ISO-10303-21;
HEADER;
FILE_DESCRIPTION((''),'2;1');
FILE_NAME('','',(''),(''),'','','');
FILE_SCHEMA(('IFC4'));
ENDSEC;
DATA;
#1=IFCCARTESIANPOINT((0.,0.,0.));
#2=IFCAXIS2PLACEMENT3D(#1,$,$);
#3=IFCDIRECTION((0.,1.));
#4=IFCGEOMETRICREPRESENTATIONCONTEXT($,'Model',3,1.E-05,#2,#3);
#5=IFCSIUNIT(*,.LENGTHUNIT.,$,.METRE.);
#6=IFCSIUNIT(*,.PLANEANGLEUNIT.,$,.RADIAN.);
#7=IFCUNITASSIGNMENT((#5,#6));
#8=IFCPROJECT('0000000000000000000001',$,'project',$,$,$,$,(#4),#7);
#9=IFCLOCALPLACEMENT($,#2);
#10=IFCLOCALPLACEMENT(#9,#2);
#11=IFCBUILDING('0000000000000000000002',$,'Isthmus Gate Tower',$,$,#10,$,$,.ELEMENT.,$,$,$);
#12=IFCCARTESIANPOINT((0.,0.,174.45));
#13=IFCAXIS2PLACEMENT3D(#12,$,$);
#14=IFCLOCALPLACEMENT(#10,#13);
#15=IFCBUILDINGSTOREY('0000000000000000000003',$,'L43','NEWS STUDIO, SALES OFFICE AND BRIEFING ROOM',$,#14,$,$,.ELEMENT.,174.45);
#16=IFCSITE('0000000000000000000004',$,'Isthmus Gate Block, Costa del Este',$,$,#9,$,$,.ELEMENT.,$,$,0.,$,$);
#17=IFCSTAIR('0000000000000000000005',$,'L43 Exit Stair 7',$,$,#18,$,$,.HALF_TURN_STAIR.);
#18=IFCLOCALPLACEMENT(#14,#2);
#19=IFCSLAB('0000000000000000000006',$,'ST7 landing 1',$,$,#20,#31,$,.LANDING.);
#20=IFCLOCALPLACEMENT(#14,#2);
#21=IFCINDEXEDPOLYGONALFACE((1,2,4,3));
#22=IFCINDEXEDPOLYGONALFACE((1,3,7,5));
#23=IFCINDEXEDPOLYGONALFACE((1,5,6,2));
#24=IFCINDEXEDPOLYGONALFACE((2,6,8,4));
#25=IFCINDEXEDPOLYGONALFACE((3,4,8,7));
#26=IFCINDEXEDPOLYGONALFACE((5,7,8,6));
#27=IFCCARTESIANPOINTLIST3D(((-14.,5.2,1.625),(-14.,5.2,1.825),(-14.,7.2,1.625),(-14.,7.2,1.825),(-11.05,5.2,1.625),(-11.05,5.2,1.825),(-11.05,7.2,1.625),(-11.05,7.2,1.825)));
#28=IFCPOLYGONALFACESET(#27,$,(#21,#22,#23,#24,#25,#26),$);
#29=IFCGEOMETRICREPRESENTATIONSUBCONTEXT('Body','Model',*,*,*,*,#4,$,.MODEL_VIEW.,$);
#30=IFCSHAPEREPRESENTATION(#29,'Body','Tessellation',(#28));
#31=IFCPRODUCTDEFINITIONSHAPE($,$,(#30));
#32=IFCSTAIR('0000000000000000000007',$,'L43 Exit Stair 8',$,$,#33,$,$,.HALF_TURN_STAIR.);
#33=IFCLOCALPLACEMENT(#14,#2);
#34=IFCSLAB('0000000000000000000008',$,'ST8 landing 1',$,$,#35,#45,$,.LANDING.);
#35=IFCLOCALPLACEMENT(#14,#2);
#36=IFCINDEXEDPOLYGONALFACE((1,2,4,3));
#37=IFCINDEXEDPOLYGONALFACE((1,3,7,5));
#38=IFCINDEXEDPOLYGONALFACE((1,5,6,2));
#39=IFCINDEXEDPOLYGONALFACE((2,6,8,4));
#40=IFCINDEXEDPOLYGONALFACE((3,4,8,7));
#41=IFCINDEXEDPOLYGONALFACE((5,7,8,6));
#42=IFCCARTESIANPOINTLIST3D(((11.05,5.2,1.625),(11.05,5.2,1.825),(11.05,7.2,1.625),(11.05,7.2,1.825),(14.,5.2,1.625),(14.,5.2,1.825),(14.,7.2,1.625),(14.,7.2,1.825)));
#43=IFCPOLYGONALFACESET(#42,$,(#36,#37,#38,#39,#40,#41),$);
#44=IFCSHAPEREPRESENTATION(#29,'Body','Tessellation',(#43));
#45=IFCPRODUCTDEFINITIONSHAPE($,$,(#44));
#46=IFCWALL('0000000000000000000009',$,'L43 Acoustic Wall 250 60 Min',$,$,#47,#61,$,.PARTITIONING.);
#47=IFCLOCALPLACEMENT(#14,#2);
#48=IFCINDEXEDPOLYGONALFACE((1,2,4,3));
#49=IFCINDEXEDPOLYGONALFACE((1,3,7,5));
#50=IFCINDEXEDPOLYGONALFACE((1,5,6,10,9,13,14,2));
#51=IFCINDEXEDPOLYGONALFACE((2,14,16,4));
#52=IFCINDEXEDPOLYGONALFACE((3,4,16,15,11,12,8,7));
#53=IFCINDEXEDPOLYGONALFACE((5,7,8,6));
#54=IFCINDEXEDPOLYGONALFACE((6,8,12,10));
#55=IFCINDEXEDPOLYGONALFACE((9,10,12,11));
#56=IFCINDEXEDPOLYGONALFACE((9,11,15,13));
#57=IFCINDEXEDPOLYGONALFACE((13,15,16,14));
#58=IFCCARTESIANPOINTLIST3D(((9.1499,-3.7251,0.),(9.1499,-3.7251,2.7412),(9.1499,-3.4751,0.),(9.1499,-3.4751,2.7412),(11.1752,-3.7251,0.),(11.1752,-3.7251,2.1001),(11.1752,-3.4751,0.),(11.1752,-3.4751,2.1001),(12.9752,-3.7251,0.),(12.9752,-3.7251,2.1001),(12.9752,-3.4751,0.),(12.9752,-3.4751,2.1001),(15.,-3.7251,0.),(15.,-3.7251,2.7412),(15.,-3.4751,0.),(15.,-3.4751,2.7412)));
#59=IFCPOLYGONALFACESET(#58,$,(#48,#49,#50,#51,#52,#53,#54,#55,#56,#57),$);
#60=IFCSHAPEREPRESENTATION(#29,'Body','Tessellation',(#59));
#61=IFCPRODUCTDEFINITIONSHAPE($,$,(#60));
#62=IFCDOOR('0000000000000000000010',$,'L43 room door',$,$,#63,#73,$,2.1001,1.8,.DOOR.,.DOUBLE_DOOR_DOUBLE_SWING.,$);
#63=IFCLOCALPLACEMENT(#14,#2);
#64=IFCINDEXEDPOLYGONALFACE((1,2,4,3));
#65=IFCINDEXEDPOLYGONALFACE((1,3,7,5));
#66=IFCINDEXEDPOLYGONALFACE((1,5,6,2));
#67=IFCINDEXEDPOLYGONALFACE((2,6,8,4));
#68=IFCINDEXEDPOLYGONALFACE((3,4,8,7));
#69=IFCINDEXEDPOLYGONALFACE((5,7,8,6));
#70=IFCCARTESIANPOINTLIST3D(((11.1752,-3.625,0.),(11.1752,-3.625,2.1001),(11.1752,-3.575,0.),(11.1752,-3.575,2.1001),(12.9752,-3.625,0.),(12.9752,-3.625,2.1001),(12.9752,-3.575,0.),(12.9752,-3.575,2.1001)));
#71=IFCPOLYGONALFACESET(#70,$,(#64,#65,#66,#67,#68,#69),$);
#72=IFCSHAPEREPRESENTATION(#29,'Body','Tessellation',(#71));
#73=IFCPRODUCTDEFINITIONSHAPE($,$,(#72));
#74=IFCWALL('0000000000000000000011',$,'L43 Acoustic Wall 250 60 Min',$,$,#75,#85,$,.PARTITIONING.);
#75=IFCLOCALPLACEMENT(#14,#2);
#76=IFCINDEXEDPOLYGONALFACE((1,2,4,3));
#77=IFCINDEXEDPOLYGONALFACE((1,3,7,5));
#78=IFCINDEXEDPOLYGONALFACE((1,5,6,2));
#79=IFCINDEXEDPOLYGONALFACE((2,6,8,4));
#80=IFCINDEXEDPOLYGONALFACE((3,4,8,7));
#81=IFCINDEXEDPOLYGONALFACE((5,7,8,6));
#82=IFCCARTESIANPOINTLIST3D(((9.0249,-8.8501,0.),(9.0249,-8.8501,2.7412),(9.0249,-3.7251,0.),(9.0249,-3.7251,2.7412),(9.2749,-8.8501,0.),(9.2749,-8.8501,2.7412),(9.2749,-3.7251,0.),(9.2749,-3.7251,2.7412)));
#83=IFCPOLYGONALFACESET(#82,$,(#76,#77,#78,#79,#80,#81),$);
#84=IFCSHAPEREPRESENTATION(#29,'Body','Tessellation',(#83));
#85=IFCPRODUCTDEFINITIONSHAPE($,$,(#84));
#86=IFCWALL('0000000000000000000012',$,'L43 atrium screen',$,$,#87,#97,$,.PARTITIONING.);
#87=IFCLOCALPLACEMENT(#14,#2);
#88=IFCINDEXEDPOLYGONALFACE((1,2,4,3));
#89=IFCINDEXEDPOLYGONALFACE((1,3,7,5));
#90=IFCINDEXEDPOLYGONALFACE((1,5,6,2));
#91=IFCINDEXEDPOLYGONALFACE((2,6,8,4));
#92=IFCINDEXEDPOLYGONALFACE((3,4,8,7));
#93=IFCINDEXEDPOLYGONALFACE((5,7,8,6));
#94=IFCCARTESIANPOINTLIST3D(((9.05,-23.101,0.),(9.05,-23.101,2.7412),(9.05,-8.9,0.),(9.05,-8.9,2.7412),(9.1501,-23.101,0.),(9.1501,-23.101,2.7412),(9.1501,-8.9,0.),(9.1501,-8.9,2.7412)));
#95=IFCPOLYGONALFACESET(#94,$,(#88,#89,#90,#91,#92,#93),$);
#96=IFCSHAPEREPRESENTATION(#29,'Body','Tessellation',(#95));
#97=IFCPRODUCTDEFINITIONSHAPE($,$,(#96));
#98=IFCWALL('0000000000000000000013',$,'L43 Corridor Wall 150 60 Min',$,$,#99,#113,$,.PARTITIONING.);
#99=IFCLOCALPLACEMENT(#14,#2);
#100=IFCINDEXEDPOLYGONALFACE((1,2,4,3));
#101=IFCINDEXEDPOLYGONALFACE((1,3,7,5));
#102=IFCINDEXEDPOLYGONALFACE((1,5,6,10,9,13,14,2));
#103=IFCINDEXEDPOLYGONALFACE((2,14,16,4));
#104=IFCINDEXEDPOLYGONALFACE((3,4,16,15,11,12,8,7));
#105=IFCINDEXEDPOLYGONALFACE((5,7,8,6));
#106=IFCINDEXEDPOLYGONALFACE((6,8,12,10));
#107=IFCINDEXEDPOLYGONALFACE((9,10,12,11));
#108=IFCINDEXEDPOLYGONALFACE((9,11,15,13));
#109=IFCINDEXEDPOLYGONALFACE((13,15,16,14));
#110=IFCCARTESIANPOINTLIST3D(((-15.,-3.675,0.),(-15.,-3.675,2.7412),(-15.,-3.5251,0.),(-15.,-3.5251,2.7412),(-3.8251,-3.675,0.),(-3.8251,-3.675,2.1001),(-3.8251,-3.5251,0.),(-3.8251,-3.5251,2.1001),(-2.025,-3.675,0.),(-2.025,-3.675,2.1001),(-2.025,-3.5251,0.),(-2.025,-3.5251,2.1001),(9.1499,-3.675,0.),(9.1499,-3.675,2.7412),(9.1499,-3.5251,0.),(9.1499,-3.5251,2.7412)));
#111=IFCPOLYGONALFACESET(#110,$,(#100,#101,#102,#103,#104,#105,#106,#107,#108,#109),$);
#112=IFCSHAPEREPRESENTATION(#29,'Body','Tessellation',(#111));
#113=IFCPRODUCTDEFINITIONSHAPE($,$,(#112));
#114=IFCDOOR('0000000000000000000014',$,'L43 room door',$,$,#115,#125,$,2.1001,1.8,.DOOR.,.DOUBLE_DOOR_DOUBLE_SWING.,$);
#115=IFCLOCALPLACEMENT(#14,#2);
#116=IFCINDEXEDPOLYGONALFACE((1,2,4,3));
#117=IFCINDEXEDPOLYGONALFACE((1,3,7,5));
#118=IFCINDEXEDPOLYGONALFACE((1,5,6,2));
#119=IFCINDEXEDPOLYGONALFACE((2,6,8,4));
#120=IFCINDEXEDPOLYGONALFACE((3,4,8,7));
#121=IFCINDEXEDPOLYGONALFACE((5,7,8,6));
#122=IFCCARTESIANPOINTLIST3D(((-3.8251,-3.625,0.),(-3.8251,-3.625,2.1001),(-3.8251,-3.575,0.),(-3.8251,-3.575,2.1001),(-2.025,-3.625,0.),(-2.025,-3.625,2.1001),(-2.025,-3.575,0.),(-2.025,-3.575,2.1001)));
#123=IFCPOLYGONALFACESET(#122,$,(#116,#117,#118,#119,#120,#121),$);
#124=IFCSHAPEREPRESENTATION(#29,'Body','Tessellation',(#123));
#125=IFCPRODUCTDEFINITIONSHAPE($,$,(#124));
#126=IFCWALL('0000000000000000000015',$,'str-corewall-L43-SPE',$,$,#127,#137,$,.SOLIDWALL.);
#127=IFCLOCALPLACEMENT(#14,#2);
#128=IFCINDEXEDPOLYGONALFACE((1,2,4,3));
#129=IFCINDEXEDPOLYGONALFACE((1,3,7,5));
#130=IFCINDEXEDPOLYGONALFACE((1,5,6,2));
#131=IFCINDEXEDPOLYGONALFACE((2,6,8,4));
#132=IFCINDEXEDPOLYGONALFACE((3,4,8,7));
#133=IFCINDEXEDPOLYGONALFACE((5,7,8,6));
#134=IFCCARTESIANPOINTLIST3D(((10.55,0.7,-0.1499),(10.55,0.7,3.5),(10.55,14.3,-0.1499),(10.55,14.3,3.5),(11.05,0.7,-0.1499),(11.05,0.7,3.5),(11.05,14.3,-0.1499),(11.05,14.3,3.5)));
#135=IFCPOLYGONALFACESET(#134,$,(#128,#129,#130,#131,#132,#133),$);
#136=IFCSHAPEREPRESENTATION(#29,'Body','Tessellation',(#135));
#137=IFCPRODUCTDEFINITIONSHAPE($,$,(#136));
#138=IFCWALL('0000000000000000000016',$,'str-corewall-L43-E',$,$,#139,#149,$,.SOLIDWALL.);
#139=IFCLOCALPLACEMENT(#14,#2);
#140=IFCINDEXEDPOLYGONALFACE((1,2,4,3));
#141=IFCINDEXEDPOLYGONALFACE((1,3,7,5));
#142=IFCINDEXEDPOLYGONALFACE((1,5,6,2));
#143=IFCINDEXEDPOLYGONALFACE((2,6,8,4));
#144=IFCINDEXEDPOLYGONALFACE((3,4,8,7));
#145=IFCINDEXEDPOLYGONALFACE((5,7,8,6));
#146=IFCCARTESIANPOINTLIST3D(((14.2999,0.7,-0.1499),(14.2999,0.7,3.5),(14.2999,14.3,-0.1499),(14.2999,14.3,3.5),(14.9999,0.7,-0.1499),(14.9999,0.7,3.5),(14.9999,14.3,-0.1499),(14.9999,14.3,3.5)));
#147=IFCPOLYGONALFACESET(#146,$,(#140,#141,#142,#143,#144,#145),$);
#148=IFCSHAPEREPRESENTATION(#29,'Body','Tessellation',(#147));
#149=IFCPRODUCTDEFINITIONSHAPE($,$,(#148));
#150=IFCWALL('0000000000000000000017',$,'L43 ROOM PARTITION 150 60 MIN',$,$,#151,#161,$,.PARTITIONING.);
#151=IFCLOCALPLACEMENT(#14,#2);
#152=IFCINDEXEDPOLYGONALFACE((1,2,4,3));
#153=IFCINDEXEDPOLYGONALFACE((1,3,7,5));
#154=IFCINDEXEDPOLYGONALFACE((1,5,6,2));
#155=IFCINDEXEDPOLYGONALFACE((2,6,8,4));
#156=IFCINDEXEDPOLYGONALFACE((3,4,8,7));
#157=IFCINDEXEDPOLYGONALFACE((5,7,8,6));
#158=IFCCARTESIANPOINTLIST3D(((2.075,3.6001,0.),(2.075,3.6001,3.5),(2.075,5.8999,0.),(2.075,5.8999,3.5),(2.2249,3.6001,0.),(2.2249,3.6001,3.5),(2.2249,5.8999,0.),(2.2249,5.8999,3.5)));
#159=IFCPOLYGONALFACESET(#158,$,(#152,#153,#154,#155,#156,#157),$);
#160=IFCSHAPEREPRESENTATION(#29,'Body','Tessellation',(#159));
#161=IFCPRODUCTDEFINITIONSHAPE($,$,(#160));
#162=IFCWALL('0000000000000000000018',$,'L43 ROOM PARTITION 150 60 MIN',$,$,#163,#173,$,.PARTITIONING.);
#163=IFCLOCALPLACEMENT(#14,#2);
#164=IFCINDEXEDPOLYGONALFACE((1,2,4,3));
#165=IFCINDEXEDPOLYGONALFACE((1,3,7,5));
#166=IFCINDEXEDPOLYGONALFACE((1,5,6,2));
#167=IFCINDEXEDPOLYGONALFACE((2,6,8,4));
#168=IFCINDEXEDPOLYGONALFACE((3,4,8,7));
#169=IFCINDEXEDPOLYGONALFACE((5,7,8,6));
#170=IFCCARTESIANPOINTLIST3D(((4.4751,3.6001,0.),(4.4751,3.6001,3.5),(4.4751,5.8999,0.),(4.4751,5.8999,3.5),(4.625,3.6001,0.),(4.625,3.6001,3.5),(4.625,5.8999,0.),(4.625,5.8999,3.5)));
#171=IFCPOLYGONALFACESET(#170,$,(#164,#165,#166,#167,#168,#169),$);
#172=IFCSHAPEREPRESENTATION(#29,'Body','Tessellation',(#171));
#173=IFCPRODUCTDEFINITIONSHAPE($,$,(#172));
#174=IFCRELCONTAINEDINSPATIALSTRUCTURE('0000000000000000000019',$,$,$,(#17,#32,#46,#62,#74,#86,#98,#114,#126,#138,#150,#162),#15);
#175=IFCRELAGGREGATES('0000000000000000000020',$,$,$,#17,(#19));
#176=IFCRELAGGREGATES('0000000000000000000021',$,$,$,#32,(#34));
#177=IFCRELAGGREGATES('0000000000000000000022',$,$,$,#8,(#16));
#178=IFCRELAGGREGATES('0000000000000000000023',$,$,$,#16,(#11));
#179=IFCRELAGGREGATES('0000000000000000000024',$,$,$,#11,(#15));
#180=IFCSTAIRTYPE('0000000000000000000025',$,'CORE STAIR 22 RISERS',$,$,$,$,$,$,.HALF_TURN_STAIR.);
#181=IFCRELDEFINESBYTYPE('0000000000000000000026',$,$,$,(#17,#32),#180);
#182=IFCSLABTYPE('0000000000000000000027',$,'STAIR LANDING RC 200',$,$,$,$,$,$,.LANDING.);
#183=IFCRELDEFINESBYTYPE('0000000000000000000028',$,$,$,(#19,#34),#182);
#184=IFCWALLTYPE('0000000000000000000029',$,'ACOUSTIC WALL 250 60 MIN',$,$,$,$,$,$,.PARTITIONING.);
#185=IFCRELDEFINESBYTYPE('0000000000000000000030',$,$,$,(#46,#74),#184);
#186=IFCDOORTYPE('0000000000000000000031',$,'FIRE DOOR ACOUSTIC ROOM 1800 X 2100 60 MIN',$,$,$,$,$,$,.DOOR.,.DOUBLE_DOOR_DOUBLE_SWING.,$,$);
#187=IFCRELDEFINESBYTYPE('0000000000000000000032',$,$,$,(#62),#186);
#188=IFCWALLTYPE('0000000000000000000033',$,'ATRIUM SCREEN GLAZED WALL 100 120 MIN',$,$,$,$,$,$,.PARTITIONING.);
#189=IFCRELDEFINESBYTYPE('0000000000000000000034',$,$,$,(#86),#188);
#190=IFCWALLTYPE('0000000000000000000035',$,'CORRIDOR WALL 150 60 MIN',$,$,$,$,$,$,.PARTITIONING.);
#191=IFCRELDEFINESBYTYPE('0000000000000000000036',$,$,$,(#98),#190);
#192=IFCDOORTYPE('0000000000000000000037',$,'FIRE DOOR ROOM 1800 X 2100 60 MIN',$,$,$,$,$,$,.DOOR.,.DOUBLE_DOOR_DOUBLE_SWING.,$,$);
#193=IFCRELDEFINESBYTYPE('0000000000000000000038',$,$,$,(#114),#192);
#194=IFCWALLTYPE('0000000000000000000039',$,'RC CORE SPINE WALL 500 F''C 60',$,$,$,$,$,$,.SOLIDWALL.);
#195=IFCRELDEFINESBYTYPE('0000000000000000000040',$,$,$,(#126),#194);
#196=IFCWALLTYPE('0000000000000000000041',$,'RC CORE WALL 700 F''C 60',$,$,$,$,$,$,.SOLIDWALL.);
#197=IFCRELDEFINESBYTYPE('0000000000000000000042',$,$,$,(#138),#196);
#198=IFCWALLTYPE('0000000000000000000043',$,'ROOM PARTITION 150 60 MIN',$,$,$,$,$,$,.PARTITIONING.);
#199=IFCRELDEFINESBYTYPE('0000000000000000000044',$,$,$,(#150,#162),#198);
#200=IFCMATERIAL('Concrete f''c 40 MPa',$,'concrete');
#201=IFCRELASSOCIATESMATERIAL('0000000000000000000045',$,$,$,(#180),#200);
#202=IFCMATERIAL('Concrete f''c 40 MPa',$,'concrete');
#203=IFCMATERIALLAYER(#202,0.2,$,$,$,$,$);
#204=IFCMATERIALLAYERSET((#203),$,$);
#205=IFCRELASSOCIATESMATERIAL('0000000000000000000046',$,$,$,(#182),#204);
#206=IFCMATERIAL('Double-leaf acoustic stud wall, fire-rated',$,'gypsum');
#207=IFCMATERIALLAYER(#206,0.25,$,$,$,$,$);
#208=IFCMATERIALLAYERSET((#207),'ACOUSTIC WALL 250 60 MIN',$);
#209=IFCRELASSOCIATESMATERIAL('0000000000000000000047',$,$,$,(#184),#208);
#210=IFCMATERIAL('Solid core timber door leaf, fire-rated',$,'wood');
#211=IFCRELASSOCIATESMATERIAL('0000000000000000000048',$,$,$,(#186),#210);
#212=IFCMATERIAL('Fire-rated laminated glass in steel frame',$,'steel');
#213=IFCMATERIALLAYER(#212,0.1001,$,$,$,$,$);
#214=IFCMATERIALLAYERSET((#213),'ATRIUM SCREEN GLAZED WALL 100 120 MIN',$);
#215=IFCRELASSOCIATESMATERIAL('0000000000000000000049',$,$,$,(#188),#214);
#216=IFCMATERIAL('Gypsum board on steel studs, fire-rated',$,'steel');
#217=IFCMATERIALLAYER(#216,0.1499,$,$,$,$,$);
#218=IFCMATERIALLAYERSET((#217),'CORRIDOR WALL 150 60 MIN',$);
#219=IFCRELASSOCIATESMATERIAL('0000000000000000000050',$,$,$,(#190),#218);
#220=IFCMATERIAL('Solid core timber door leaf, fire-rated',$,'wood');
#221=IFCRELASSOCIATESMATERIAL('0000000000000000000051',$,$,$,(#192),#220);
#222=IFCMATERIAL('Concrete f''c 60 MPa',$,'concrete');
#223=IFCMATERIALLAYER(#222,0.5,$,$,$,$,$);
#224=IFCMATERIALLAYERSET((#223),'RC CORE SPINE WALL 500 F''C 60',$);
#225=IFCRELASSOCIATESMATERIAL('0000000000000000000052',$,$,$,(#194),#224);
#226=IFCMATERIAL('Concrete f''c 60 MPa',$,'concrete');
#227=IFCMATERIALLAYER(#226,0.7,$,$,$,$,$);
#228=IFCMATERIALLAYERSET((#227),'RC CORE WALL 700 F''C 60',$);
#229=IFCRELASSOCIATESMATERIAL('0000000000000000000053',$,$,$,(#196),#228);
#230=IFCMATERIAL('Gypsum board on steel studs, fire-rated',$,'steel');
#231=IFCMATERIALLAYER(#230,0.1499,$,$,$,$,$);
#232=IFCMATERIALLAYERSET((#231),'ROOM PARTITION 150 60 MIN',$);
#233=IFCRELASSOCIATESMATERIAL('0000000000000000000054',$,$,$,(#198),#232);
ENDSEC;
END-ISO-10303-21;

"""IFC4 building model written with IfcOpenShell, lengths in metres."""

from ifc_helpers import new_model, si_unit, direction, frame, frame_2d, origin, place, context, subcontext, project, spatial, polyline, rectangle, outline, extrude, material, layer, layer_set, type_object, element, fill, aggregate, save


model = new_model("IFC4")

# Units and contexts
model_context = context("Model", 3, precision=1e-05, world=origin(), true_north=direction((0.0, 1.0)))
body_context = subcontext(model_context, "Body", "Model", "MODEL_VIEW")
ifc_project = project(units=[si_unit("LENGTHUNIT", "METRE"), si_unit("PLANEANGLEUNIT", "RADIAN")], contexts=[model_context])

# Site, building, storey
site_placement = place(None, origin())
site = spatial("IfcSite", under=ifc_project, at=site_placement, Name="Isthmus Gate Block, Costa del Este", CompositionType="ELEMENT", RefElevation=0.0)
building_placement = place(site_placement, origin())
building = spatial("IfcBuilding", under=site, at=building_placement, Name="Isthmus Gate Tower", CompositionType="ELEMENT")
storey_placement = place(building_placement, frame((0.0, 0.0, 174.45)))
storey = spatial("IfcBuildingStorey", under=building, at=storey_placement, Name="L43", Description="NEWS STUDIO, SALES OFFICE AND BRIEFING ROOM", CompositionType="ELEMENT", Elevation=174.45)

# Stairs, slabs
ifc_material_1 = material(Name="Concrete f'c 40 MPa", Category="concrete")
stair_type = type_object("IfcStairType", Name="CORE STAIR 22 RISERS", PredefinedType="HALF_TURN_STAIR", material=ifc_material_1)
ifc_material_2 = material(Name="Concrete f'c 40 MPa", Category="concrete")
ifc_layer_1 = layer(ifc_material_2, 0.2)
ifc_layer_set_1 = layer_set([ifc_layer_1])
slab_type = type_object("IfcSlabType", Name="STAIR LANDING RC 200", PredefinedType="LANDING", material=ifc_layer_set_1)
stair_1_placement = place(storey_placement, origin())
stair_1 = element("IfcStair", 1, at=stair_1_placement, inside=storey, type_object=stair_type, Name="L43 Exit Stair 7", PredefinedType="HALF_TURN_STAIR")
slab_1_placement = place(storey_placement, frame((0.0, 0.0, 1.625)))
slab_1 = element("IfcSlab", 2, at=slab_1_placement, type_object=slab_type, Name="ST7 landing 1", PredefinedType="LANDING", context=body_context, shape_type="SweptSolid", body=[
    extrude(outline(polyline([(-11.05, 5.2), (-11.05, 7.2), (-14.0, 7.2), (-14.0, 5.2), (-11.05, 5.2)])), origin(), (0.0, 0.0, 1.0), 0.2),
])
aggregate(stair_1, [slab_1])
stair_2_placement = place(storey_placement, origin())
stair_2 = element("IfcStair", 3, at=stair_2_placement, inside=storey, type_object=stair_type, Name="L43 Exit Stair 8", PredefinedType="HALF_TURN_STAIR")
slab_2_placement = place(storey_placement, frame((0.0, 0.0, 1.625)))
slab_2 = element("IfcSlab", 4, at=slab_2_placement, type_object=slab_type, Name="ST8 landing 1", PredefinedType="LANDING", context=body_context, shape_type="SweptSolid", body=[
    extrude(outline(polyline([(14.0, 5.2), (14.0, 7.2), (11.05, 7.2), (11.05, 5.2), (14.0, 5.2)])), origin(), (0.0, 0.0, 1.0), 0.2),
])

# Wall, opening, door
ifc_material_3 = material(Name="Double-leaf acoustic stud wall, fire-rated", Category="gypsum")
ifc_layer_2 = layer(ifc_material_3, 0.25)
ifc_layer_set_2 = layer_set([ifc_layer_2], Name="ACOUSTIC WALL 250 60 MIN")
wall_type_1 = type_object("IfcWallType", Name="ACOUSTIC WALL 250 60 MIN", PredefinedType="PARTITIONING", material=ifc_layer_set_2)
wall_1_placement = place(storey_placement, frame((15.0, -3.6001, 0.0), z_axis=(0.0, 0.0, 1.0), x_axis=(-1.0, 0.0, 0.0)))
wall_1 = element("IfcWall", 5, at=wall_1_placement, inside=storey, type_object=wall_type_1, Name="L43 Acoustic Wall 250 60 Min", PredefinedType="PARTITIONING", context=body_context, shape_type="SweptSolid", body=[
    extrude(rectangle(XDim=5.8501, YDim=0.25, at=frame_2d((2.925, 0.0))), origin(), (0.0, 0.0, 1.0), 2.7412),
])
opening_1_placement = place(wall_1_placement, frame((2.0249, 0.0, 0.0)))
opening_1 = element("IfcOpeningElement", 6, at=opening_1_placement, cuts=wall_1, PredefinedType="OPENING", context=body_context, shape_type="SweptSolid", body=[
    extrude(rectangle(XDim=1.8, YDim=2.1001, at=frame_2d((0.8999, 1.05))), frame((0.0, 0.135, 0.0), z_axis=(0.0, -1.0, 0.0), x_axis=(1.0, 0.0, 0.0)), (0.0, 0.0, 1.0), 0.27),
])
ifc_material_4 = material(Name="Solid core timber door leaf, fire-rated", Category="wood")
door_type_1 = type_object("IfcDoorType", Name="FIRE DOOR ACOUSTIC ROOM 1800 X 2100 60 MIN", OperationType="DOUBLE_DOOR_DOUBLE_SWING", PredefinedType="DOOR", material=ifc_material_4)
door_1_placement = place(opening_1_placement, origin())
door_1 = element("IfcDoor", 7, at=door_1_placement, inside=storey, type_object=door_type_1, Name="L43 room door", OperationType="DOUBLE_DOOR_DOUBLE_SWING", OverallHeight=2.1001, OverallWidth=1.8, PredefinedType="DOOR", context=body_context, shape_type="SweptSolid", body=[
    extrude(rectangle(XDim=1.8, YDim=2.1001, at=frame_2d((0.8999, 1.05))), frame((0.0, 0.0249, 0.0), z_axis=(0.0, -1.0, 0.0), x_axis=(1.0, 0.0, 0.0)), (0.0, 0.0, 1.0), 0.05),
])
fill(opening_1, door_1)

# Walls
wall_2_placement = place(storey_placement, frame((9.1499, -8.8501, 0.0), z_axis=(0.0, 0.0, 1.0), x_axis=(0.0, 1.0, 0.0)))
element("IfcWall", 8, at=wall_2_placement, inside=storey, type_object=wall_type_1, Name="L43 Acoustic Wall 250 60 Min", PredefinedType="PARTITIONING", context=body_context, shape_type="SweptSolid", body=[
    extrude(rectangle(XDim=5.125, YDim=0.25, at=frame_2d((2.5625, 0.0))), origin(), (0.0, 0.0, 1.0), 2.7412),
])
ifc_material_5 = material(Name="Fire-rated laminated glass in steel frame", Category="steel")
ifc_layer_3 = layer(ifc_material_5, 0.1001)
ifc_layer_set_3 = layer_set([ifc_layer_3], Name="ATRIUM SCREEN GLAZED WALL 100 120 MIN")
wall_type_2 = type_object("IfcWallType", Name="ATRIUM SCREEN GLAZED WALL 100 120 MIN", PredefinedType="PARTITIONING", material=ifc_layer_set_3)
wall_3_placement = place(storey_placement, frame((9.1001, -8.8999, 0.0), z_axis=(0.0, 0.0, 1.0), x_axis=(0.0, -1.0, 0.0)))
element("IfcWall", 9, at=wall_3_placement, inside=storey, type_object=wall_type_2, Name="L43 atrium screen", PredefinedType="PARTITIONING", context=body_context, shape_type="SweptSolid", body=[
    extrude(rectangle(XDim=14.2009, YDim=0.1001, at=frame_2d((7.1006, 0.0))), origin(), (0.0, 0.0, 1.0), 2.7412),
])

# Wall, opening, door
ifc_material_6 = material(Name="Gypsum board on steel studs, fire-rated", Category="steel")
ifc_layer_4 = layer(ifc_material_6, 0.1499)
ifc_layer_set_4 = layer_set([ifc_layer_4], Name="CORRIDOR WALL 150 60 MIN")
wall_type_3 = type_object("IfcWallType", Name="CORRIDOR WALL 150 60 MIN", PredefinedType="PARTITIONING", material=ifc_layer_set_4)
wall_4_placement = place(storey_placement, frame((9.1499, -3.6001, 0.0), z_axis=(0.0, 0.0, 1.0), x_axis=(-1.0, 0.0, 0.0)))
wall_4 = element("IfcWall", 10, at=wall_4_placement, inside=storey, type_object=wall_type_3, Name="L43 Corridor Wall 150 60 Min", PredefinedType="PARTITIONING", context=body_context, shape_type="SweptSolid", body=[
    extrude(rectangle(XDim=24.1499, YDim=0.1499, at=frame_2d((12.075, 0.0))), origin(), (0.0, 0.0, 1.0), 2.7412),
])
opening_2_placement = place(wall_4_placement, frame((11.175, 0.0, 0.0)))
opening_2 = element("IfcOpeningElement", 11, at=opening_2_placement, cuts=wall_4, PredefinedType="OPENING", context=body_context, shape_type="SweptSolid", body=[
    extrude(rectangle(XDim=1.8, YDim=2.1001, at=frame_2d((0.8999, 1.05))), frame((0.0, 0.085, 0.0), z_axis=(0.0, -1.0, 0.0), x_axis=(1.0, 0.0, 0.0)), (0.0, 0.0, 1.0), 0.1699),
])
ifc_material_7 = material(Name="Solid core timber door leaf, fire-rated", Category="wood")
door_type_2 = type_object("IfcDoorType", Name="FIRE DOOR ROOM 1800 X 2100 60 MIN", OperationType="DOUBLE_DOOR_DOUBLE_SWING", PredefinedType="DOOR", material=ifc_material_7)
door_2_placement = place(opening_2_placement, origin())
door_2 = element("IfcDoor", 12, at=door_2_placement, inside=storey, type_object=door_type_2, Name="L43 room door", OperationType="DOUBLE_DOOR_DOUBLE_SWING", OverallHeight=2.1001, OverallWidth=1.8, PredefinedType="DOOR", context=body_context, shape_type="SweptSolid", body=[
    extrude(rectangle(XDim=1.8, YDim=2.1001, at=frame_2d((0.8999, 1.05))), frame((0.0, 0.0249, 0.0), z_axis=(0.0, -1.0, 0.0), x_axis=(1.0, 0.0, 0.0)), (0.0, 0.0, 1.0), 0.05),
])
fill(opening_2, door_2)

# Walls
ifc_material_8 = material(Name="Concrete f'c 60 MPa", Category="concrete")
ifc_layer_5 = layer(ifc_material_8, 0.5)
ifc_layer_set_5 = layer_set([ifc_layer_5], Name="RC CORE SPINE WALL 500 F'C 60")
wall_type_4 = type_object("IfcWallType", Name="RC CORE SPINE WALL 500 F'C 60", PredefinedType="SOLIDWALL", material=ifc_layer_set_5)
wall_5_placement = place(storey_placement, frame((10.8, 0.7, -0.1499), z_axis=(0.0, 0.0, 1.0), x_axis=(0.0, 1.0, 0.0)))
element("IfcWall", 13, at=wall_5_placement, inside=storey, type_object=wall_type_4, Name="str-corewall-L43-SPE", PredefinedType="SOLIDWALL", context=body_context, shape_type="SweptSolid", body=[
    extrude(rectangle(XDim=13.6001, YDim=0.5, at=frame_2d((6.8, 0.0))), origin(), (0.0, 0.0, 1.0), 3.6499),
])
ifc_material_9 = material(Name="Concrete f'c 60 MPa", Category="concrete")
ifc_layer_6 = layer(ifc_material_9, 0.7)
ifc_layer_set_6 = layer_set([ifc_layer_6], Name="RC CORE WALL 700 F'C 60")
wall_type_5 = type_object("IfcWallType", Name="RC CORE WALL 700 F'C 60", PredefinedType="SOLIDWALL", material=ifc_layer_set_6)
wall_6_placement = place(storey_placement, frame((14.6499, 0.7, -0.1499), z_axis=(0.0, 0.0, 1.0), x_axis=(0.0, 1.0, 0.0)))
element("IfcWall", 14, at=wall_6_placement, inside=storey, type_object=wall_type_5, Name="str-corewall-L43-E", PredefinedType="SOLIDWALL", context=body_context, shape_type="SweptSolid", body=[
    extrude(rectangle(XDim=13.6001, YDim=0.7, at=frame_2d((6.8, 0.0))), origin(), (0.0, 0.0, 1.0), 3.6499),
])
ifc_material_10 = material(Name="Gypsum board on steel studs, fire-rated", Category="steel")
ifc_layer_7 = layer(ifc_material_10, 0.1499)
ifc_layer_set_7 = layer_set([ifc_layer_7], Name="ROOM PARTITION 150 60 MIN")
wall_type_6 = type_object("IfcWallType", Name="ROOM PARTITION 150 60 MIN", PredefinedType="PARTITIONING", material=ifc_layer_set_7)
for number, where, z_axis, x_axis, name in (
    (15, (2.1499, 3.6001, 0.0), (0.0, 0.0, 1.0), (0.0, 1.0, 0.0), "L43 ROOM PARTITION 150 60 MIN"),
    (16, (4.55, 3.6001, 0.0), (0.0, 0.0, 1.0), (0.0, 1.0, 0.0), "L43 ROOM PARTITION 150 60 MIN"),
):
    element("IfcWall", number, at=place(storey_placement, frame(where, z_axis=z_axis, x_axis=x_axis)), inside=storey, type_object=wall_type_6, Name=name, PredefinedType="PARTITIONING", context=body_context, shape_type="SweptSolid", body=[
        extrude(rectangle(XDim=2.2998, YDim=0.1499, at=frame_2d((1.1499, 0.0))), origin(), (0.0, 0.0, 1.0), 3.5),
    ])

aggregate(stair_2, [slab_2])

save(model, "model.ifc")
